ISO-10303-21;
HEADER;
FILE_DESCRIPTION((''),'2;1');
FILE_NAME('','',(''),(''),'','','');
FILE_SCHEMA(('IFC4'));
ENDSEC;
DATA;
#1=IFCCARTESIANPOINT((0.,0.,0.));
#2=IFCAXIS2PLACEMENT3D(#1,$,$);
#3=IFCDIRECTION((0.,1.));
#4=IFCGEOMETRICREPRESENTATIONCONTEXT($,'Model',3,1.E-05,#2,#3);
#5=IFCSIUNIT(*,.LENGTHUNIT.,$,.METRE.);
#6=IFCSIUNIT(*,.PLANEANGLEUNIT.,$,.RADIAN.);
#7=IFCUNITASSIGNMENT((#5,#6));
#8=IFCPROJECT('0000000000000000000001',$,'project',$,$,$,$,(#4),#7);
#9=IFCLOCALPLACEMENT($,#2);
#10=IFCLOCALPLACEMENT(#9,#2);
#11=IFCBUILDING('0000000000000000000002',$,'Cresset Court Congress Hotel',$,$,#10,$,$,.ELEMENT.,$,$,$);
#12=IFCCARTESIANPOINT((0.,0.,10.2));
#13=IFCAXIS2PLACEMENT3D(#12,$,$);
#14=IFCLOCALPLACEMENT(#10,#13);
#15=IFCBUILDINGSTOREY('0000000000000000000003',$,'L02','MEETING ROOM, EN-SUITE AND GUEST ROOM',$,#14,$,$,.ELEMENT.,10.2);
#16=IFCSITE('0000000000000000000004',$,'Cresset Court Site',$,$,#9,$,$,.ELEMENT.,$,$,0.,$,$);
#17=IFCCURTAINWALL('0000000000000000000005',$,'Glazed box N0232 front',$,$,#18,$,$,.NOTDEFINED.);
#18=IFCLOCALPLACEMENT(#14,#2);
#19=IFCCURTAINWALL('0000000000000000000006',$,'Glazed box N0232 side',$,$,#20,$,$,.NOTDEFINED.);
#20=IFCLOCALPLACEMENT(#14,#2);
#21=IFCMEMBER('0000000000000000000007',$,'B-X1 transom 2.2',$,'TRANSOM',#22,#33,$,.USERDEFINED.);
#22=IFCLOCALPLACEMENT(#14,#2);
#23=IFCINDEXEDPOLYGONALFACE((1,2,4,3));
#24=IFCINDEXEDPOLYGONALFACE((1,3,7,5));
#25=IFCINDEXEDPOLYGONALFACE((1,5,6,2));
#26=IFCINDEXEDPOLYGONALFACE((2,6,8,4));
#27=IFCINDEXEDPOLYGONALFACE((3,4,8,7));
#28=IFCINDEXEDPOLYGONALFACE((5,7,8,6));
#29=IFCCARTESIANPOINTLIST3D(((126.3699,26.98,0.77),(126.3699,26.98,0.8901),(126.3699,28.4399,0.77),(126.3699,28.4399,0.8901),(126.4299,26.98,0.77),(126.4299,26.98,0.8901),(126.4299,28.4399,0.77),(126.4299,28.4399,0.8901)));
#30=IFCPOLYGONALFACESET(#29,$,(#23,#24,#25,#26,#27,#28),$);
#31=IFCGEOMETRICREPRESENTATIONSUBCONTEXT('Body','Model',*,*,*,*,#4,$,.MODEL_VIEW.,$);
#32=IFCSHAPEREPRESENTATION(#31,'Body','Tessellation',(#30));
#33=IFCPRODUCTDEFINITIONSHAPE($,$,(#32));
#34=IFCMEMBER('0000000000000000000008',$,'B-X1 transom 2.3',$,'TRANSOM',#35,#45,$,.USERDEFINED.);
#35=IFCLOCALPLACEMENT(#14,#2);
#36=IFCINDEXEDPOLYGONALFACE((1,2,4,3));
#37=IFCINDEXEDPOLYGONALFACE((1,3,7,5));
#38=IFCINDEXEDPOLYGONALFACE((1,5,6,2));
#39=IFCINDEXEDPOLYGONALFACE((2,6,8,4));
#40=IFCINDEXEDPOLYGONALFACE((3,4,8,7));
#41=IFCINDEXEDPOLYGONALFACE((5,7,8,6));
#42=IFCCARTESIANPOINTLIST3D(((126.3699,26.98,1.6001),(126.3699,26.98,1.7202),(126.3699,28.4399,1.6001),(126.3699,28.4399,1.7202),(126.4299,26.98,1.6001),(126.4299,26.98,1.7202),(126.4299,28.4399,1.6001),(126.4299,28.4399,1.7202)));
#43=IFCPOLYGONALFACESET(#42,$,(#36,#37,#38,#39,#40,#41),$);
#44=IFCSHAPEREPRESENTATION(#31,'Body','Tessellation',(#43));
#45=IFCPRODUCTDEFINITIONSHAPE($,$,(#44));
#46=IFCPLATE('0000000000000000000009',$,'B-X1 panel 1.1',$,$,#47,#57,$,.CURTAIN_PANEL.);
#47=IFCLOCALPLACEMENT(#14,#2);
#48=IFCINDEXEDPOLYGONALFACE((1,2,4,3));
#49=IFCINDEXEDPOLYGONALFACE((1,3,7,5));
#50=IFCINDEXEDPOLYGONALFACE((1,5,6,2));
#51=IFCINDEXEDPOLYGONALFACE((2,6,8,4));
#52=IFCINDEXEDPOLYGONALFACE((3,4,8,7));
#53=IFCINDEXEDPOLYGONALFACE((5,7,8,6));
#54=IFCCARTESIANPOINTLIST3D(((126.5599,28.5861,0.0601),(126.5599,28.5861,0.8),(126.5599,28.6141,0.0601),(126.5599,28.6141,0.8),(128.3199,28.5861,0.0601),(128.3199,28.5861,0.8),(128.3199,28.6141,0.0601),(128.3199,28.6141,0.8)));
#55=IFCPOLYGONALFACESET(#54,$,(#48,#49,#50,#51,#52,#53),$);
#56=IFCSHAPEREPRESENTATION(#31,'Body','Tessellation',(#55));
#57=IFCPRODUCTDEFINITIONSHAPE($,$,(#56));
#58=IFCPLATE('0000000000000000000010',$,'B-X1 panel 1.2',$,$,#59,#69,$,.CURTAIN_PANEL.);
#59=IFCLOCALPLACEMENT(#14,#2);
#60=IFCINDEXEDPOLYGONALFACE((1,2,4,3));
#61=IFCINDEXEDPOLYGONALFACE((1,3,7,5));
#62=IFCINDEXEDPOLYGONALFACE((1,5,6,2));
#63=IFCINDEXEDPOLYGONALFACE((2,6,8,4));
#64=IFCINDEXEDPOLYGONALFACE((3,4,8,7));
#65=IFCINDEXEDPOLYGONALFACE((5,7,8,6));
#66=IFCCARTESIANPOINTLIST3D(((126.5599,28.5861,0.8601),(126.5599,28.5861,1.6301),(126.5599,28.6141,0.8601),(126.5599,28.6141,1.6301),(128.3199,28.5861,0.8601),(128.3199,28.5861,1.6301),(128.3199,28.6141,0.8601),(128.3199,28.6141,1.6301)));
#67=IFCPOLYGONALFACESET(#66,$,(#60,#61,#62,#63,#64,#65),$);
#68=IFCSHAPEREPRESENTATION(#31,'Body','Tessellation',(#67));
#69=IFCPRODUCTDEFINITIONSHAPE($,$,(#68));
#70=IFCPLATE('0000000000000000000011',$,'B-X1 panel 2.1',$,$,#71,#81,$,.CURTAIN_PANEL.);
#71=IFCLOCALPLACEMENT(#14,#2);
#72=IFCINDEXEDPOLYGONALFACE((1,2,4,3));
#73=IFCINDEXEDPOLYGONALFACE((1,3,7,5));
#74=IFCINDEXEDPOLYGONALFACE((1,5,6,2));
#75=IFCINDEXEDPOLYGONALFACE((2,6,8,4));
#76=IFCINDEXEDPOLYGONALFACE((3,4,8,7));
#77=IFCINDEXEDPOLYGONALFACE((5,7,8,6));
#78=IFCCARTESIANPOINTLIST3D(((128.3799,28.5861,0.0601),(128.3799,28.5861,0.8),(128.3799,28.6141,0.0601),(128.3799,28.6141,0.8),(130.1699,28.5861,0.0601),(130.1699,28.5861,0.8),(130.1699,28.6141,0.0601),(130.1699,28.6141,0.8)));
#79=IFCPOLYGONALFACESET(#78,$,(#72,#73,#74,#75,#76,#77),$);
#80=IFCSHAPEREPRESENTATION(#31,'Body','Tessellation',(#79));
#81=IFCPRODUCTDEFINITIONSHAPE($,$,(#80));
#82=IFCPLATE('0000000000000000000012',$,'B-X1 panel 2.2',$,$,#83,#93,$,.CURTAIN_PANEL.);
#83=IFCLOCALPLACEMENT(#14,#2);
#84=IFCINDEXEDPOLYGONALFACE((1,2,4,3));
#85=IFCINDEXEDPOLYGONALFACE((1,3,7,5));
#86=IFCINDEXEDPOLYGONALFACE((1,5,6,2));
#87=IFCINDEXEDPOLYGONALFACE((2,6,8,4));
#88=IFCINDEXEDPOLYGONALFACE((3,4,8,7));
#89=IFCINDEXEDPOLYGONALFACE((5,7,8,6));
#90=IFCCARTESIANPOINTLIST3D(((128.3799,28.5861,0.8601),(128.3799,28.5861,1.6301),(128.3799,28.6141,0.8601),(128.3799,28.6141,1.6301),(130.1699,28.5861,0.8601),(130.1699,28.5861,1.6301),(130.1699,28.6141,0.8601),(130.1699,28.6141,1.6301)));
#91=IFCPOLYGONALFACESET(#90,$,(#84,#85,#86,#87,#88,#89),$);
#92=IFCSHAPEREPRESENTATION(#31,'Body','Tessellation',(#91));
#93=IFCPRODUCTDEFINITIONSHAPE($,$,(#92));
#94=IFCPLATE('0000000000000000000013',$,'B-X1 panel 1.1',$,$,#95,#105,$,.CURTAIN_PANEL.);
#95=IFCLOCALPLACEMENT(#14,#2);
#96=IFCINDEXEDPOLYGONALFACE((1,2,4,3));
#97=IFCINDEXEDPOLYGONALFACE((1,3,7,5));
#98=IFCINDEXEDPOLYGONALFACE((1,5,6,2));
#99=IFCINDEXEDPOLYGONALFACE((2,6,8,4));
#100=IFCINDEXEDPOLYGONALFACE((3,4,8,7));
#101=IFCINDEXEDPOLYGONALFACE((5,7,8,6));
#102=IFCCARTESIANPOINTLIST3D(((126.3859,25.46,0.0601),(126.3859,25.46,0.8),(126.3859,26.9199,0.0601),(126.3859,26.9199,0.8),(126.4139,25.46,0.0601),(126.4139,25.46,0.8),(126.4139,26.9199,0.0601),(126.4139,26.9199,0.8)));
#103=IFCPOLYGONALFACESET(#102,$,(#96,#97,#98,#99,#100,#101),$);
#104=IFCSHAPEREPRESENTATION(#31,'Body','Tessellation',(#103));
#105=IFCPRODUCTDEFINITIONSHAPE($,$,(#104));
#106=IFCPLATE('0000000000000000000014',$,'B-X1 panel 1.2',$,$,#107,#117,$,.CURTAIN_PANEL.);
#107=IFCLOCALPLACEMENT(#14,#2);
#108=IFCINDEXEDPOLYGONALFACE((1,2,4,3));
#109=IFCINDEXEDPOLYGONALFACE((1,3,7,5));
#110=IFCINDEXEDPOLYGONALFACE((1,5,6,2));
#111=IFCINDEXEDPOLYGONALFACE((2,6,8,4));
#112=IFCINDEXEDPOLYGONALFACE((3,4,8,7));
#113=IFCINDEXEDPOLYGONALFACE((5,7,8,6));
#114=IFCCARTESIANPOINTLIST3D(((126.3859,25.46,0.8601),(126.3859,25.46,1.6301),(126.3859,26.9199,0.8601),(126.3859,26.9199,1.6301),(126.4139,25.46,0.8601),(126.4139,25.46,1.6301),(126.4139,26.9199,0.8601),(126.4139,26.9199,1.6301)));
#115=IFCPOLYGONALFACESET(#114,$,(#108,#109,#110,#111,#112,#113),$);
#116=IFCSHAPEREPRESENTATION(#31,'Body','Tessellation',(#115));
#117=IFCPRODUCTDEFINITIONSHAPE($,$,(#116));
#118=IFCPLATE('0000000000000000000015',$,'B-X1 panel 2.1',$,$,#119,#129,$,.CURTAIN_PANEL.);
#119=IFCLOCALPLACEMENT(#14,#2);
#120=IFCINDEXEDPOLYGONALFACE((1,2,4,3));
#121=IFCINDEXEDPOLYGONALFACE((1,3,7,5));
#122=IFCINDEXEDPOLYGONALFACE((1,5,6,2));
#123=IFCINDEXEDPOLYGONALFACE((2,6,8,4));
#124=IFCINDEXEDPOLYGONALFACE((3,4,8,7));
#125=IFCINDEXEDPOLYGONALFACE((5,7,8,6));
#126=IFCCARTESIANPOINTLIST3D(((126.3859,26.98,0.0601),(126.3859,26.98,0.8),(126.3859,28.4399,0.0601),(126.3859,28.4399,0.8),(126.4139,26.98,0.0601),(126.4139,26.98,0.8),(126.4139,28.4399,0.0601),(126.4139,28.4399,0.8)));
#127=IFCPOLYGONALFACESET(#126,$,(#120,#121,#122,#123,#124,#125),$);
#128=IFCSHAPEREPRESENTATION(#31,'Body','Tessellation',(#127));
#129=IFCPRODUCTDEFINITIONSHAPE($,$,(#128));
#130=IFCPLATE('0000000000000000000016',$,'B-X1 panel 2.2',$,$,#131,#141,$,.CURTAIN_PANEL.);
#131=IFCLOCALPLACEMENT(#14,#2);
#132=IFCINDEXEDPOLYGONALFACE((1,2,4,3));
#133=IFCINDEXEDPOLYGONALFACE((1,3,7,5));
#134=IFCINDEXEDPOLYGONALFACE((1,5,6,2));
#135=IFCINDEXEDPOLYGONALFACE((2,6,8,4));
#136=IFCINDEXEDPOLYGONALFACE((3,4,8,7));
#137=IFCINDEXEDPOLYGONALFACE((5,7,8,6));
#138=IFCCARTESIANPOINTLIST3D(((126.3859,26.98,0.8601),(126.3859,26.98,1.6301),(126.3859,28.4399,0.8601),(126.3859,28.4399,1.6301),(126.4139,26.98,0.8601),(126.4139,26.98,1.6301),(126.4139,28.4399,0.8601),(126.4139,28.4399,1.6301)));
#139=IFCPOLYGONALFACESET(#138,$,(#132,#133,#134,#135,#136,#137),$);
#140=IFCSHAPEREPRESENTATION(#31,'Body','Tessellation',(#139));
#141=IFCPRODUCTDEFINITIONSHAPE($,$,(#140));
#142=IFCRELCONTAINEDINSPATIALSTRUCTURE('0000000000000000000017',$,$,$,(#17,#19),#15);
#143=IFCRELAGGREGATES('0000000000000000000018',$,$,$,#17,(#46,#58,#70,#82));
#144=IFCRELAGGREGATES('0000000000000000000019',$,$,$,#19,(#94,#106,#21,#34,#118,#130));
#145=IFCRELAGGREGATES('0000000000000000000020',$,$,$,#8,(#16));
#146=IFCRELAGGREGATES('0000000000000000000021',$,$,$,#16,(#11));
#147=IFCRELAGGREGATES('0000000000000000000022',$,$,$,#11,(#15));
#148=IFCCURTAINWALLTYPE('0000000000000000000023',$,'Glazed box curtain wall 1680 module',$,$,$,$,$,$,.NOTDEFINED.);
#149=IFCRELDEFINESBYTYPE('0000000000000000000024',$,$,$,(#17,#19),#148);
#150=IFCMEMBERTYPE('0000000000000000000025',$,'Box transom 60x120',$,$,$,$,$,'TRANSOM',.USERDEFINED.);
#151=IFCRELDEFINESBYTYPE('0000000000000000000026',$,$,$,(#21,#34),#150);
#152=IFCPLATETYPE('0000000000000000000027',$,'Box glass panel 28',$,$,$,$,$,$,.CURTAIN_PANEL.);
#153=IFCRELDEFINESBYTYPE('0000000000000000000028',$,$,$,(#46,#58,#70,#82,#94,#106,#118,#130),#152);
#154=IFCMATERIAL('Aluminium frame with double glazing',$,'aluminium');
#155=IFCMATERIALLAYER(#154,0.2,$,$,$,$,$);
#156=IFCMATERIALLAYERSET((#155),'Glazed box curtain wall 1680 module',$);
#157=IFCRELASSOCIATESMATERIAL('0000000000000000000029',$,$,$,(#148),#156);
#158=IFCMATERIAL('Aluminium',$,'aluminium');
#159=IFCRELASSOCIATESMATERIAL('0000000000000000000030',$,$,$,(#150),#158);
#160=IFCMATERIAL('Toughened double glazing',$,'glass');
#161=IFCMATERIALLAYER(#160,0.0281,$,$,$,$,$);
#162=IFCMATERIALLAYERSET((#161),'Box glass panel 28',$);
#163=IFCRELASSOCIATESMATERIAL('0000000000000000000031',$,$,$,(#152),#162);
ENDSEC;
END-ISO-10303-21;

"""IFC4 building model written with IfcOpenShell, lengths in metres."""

from ifc_helpers import new_model, si_unit, direction, frame, origin, origin_2d, place, context, subcontext, project, spatial, rectangle, extrude, material, layer, layer_set, material_profile, profile_set, type_object, element, aggregate, save


model = new_model("IFC4")

# Units and contexts
model_context = context("Model", 3, precision=1e-05, world=origin(), true_north=direction((0.0, 1.0)))
body_context = subcontext(model_context, "Body", "Model", "MODEL_VIEW")
ifc_project = project(units=[si_unit("LENGTHUNIT", "METRE"), si_unit("PLANEANGLEUNIT", "RADIAN")], contexts=[model_context])

# Site, building, storey
site_placement = place(None, origin())
site = spatial("IfcSite", under=ifc_project, at=site_placement, Name="Cresset Court Site", CompositionType="ELEMENT", RefElevation=0.0)
building_placement = place(site_placement, origin())
building = spatial("IfcBuilding", under=site, at=building_placement, Name="Cresset Court Congress Hotel", CompositionType="ELEMENT")
storey_placement = place(building_placement, frame((0.0, 0.0, 10.2)))
storey = spatial("IfcBuildingStorey", under=building, at=storey_placement, Name="L02", Description="MEETING ROOM, EN-SUITE AND GUEST ROOM", CompositionType="ELEMENT", Elevation=10.2)

# Curtain walls
ifc_material_1 = material(Name="Aluminium frame with double glazing", Category="aluminium")
ifc_layer_1 = layer(ifc_material_1, 0.2)
ifc_layer_set_1 = layer_set([ifc_layer_1], Name="Glazed box curtain wall 1680 module")
curtain_wall_type = type_object("IfcCurtainWallType", Name="Glazed box curtain wall 1680 module", PredefinedType="NOTDEFINED", material=ifc_layer_set_1)
curtain_wall_1_placement = place(storey_placement, origin())
curtain_wall_1 = element("IfcCurtainWall", 1, at=curtain_wall_1_placement, inside=storey, type_object=curtain_wall_type, Name="Glazed box N0232 front", PredefinedType="NOTDEFINED")
curtain_wall_2_placement = place(storey_placement, origin())
curtain_wall_2 = element("IfcCurtainWall", 2, at=curtain_wall_2_placement, inside=storey, type_object=curtain_wall_type, Name="Glazed box N0232 side", PredefinedType="NOTDEFINED")

# Members
ifc_material_2 = material(Name="Aluminium", Category="aluminium")
ifc_material_profile_1 = material_profile(ifc_material_2, rectangle(XDim=0.0601, YDim=0.1201, at=origin_2d()), Name="Box transom 60x120")
ifc_profile_set_1 = profile_set([ifc_material_profile_1], Name="Aluminium")
member_type_1 = type_object("IfcMemberType", Name="Box transom 60x120", ElementType="TRANSOM", PredefinedType="USERDEFINED", material=ifc_profile_set_1)
member_1_placement = place(storey_placement, frame((126.3999, 26.98, 0.8301), z_axis=(0.0, 1.0, 0.0), x_axis=(-1.0, 0.0, 0.0)))
member_1 = element("IfcMember", 3, at=member_1_placement, type_object=member_type_1, Name="B-X1 transom 2.2", ObjectType="TRANSOM", PredefinedType="USERDEFINED", context=body_context, shape_type="SweptSolid", body=[
    extrude(rectangle(XDim=0.0601, YDim=0.1201, at=origin_2d()), origin(), (0.0, 0.0, 1.0), 1.46),
])
member_2_placement = place(storey_placement, frame((126.3999, 26.98, 1.6602), z_axis=(0.0, 1.0, 0.0), x_axis=(-1.0, 0.0, 0.0)))
member_2 = element("IfcMember", 4, at=member_2_placement, type_object=member_type_1, Name="B-X1 transom 2.3", ObjectType="TRANSOM", PredefinedType="USERDEFINED", context=body_context, shape_type="SweptSolid", body=[
    extrude(rectangle(XDim=0.0601, YDim=0.1201, at=origin_2d()), origin(), (0.0, 0.0, 1.0), 1.46),
])

# Plates
ifc_material_3 = material(Name="Toughened double glazing", Category="glass")
ifc_layer_2 = layer(ifc_material_3, 0.0281)
ifc_layer_set_2 = layer_set([ifc_layer_2], Name="Box glass panel 28")
plate_type = type_object("IfcPlateType", Name="Box glass panel 28", PredefinedType="CURTAIN_PANEL", material=ifc_layer_set_2)
plate_1_placement = place(storey_placement, frame((127.4399, 28.6001, 0.0601), z_axis=(0.0, 0.0, 1.0), x_axis=(1.0, 0.0, 0.0)))
plate_1 = element("IfcPlate", 5, at=plate_1_placement, type_object=plate_type, Name="B-X1 panel 1.1", PredefinedType="CURTAIN_PANEL", context=body_context, shape_type="SweptSolid", body=[
    extrude(rectangle(XDim=1.76, YDim=0.0281, at=origin_2d()), origin(), (0.0, 0.0, 1.0), 0.74),
])
plate_2_placement = place(storey_placement, frame((127.4399, 28.6001, 0.8601), z_axis=(0.0, 0.0, 1.0), x_axis=(1.0, 0.0, 0.0)))
plate_2 = element("IfcPlate", 6, at=plate_2_placement, type_object=plate_type, Name="B-X1 panel 1.2", PredefinedType="CURTAIN_PANEL", context=body_context, shape_type="SweptSolid", body=[
    extrude(rectangle(XDim=1.76, YDim=0.0281, at=origin_2d()), origin(), (0.0, 0.0, 1.0), 0.77),
])
plate_3_placement = place(storey_placement, frame((129.2749, 28.6001, 0.0601), z_axis=(0.0, 0.0, 1.0), x_axis=(1.0, 0.0, 0.0)))
plate_3 = element("IfcPlate", 7, at=plate_3_placement, type_object=plate_type, Name="B-X1 panel 2.1", PredefinedType="CURTAIN_PANEL", context=body_context, shape_type="SweptSolid", body=[
    extrude(rectangle(XDim=1.79, YDim=0.0281, at=origin_2d()), origin(), (0.0, 0.0, 1.0), 0.74),
])
plate_4_placement = place(storey_placement, frame((129.2749, 28.6001, 0.8601), z_axis=(0.0, 0.0, 1.0), x_axis=(1.0, 0.0, 0.0)))
plate_4 = element("IfcPlate", 8, at=plate_4_placement, type_object=plate_type, Name="B-X1 panel 2.2", PredefinedType="CURTAIN_PANEL", context=body_context, shape_type="SweptSolid", body=[
    extrude(rectangle(XDim=1.79, YDim=0.0281, at=origin_2d()), origin(), (0.0, 0.0, 1.0), 0.77),
])
aggregate(curtain_wall_1, [plate_1, plate_2, plate_3, plate_4])
plate_5_placement = place(storey_placement, frame((126.3999, 26.1899, 0.0601), z_axis=(0.0, 0.0, 1.0), x_axis=(0.0, 1.0, 0.0)))
plate_5 = element("IfcPlate", 9, at=plate_5_placement, type_object=plate_type, Name="B-X1 panel 1.1", PredefinedType="CURTAIN_PANEL", context=body_context, shape_type="SweptSolid", body=[
    extrude(rectangle(XDim=1.46, YDim=0.0281, at=origin_2d()), origin(), (0.0, 0.0, 1.0), 0.74),
])
plate_6_placement = place(storey_placement, frame((126.3999, 26.1899, 0.8601), z_axis=(0.0, 0.0, 1.0), x_axis=(0.0, 1.0, 0.0)))
plate_6 = element("IfcPlate", 10, at=plate_6_placement, type_object=plate_type, Name="B-X1 panel 1.2", PredefinedType="CURTAIN_PANEL", context=body_context, shape_type="SweptSolid", body=[
    extrude(rectangle(XDim=1.46, YDim=0.0281, at=origin_2d()), origin(), (0.0, 0.0, 1.0), 0.77),
])
plate_7_placement = place(storey_placement, frame((126.3999, 27.71, 0.0601), z_axis=(0.0, 0.0, 1.0), x_axis=(0.0, 1.0, 0.0)))
plate_7 = element("IfcPlate", 11, at=plate_7_placement, type_object=plate_type, Name="B-X1 panel 2.1", PredefinedType="CURTAIN_PANEL", context=body_context, shape_type="SweptSolid", body=[
    extrude(rectangle(XDim=1.46, YDim=0.0281, at=origin_2d()), origin(), (0.0, 0.0, 1.0), 0.74),
])
plate_8_placement = place(storey_placement, frame((126.3999, 27.71, 0.8601), z_axis=(0.0, 0.0, 1.0), x_axis=(0.0, 1.0, 0.0)))
plate_8 = element("IfcPlate", 12, at=plate_8_placement, type_object=plate_type, Name="B-X1 panel 2.2", PredefinedType="CURTAIN_PANEL", context=body_context, shape_type="SweptSolid", body=[
    extrude(rectangle(XDim=1.46, YDim=0.0281, at=origin_2d()), origin(), (0.0, 0.0, 1.0), 0.77),
])
aggregate(curtain_wall_2, [plate_5, plate_6, member_1, member_2, plate_7, plate_8])

save(model, "model.ifc")
